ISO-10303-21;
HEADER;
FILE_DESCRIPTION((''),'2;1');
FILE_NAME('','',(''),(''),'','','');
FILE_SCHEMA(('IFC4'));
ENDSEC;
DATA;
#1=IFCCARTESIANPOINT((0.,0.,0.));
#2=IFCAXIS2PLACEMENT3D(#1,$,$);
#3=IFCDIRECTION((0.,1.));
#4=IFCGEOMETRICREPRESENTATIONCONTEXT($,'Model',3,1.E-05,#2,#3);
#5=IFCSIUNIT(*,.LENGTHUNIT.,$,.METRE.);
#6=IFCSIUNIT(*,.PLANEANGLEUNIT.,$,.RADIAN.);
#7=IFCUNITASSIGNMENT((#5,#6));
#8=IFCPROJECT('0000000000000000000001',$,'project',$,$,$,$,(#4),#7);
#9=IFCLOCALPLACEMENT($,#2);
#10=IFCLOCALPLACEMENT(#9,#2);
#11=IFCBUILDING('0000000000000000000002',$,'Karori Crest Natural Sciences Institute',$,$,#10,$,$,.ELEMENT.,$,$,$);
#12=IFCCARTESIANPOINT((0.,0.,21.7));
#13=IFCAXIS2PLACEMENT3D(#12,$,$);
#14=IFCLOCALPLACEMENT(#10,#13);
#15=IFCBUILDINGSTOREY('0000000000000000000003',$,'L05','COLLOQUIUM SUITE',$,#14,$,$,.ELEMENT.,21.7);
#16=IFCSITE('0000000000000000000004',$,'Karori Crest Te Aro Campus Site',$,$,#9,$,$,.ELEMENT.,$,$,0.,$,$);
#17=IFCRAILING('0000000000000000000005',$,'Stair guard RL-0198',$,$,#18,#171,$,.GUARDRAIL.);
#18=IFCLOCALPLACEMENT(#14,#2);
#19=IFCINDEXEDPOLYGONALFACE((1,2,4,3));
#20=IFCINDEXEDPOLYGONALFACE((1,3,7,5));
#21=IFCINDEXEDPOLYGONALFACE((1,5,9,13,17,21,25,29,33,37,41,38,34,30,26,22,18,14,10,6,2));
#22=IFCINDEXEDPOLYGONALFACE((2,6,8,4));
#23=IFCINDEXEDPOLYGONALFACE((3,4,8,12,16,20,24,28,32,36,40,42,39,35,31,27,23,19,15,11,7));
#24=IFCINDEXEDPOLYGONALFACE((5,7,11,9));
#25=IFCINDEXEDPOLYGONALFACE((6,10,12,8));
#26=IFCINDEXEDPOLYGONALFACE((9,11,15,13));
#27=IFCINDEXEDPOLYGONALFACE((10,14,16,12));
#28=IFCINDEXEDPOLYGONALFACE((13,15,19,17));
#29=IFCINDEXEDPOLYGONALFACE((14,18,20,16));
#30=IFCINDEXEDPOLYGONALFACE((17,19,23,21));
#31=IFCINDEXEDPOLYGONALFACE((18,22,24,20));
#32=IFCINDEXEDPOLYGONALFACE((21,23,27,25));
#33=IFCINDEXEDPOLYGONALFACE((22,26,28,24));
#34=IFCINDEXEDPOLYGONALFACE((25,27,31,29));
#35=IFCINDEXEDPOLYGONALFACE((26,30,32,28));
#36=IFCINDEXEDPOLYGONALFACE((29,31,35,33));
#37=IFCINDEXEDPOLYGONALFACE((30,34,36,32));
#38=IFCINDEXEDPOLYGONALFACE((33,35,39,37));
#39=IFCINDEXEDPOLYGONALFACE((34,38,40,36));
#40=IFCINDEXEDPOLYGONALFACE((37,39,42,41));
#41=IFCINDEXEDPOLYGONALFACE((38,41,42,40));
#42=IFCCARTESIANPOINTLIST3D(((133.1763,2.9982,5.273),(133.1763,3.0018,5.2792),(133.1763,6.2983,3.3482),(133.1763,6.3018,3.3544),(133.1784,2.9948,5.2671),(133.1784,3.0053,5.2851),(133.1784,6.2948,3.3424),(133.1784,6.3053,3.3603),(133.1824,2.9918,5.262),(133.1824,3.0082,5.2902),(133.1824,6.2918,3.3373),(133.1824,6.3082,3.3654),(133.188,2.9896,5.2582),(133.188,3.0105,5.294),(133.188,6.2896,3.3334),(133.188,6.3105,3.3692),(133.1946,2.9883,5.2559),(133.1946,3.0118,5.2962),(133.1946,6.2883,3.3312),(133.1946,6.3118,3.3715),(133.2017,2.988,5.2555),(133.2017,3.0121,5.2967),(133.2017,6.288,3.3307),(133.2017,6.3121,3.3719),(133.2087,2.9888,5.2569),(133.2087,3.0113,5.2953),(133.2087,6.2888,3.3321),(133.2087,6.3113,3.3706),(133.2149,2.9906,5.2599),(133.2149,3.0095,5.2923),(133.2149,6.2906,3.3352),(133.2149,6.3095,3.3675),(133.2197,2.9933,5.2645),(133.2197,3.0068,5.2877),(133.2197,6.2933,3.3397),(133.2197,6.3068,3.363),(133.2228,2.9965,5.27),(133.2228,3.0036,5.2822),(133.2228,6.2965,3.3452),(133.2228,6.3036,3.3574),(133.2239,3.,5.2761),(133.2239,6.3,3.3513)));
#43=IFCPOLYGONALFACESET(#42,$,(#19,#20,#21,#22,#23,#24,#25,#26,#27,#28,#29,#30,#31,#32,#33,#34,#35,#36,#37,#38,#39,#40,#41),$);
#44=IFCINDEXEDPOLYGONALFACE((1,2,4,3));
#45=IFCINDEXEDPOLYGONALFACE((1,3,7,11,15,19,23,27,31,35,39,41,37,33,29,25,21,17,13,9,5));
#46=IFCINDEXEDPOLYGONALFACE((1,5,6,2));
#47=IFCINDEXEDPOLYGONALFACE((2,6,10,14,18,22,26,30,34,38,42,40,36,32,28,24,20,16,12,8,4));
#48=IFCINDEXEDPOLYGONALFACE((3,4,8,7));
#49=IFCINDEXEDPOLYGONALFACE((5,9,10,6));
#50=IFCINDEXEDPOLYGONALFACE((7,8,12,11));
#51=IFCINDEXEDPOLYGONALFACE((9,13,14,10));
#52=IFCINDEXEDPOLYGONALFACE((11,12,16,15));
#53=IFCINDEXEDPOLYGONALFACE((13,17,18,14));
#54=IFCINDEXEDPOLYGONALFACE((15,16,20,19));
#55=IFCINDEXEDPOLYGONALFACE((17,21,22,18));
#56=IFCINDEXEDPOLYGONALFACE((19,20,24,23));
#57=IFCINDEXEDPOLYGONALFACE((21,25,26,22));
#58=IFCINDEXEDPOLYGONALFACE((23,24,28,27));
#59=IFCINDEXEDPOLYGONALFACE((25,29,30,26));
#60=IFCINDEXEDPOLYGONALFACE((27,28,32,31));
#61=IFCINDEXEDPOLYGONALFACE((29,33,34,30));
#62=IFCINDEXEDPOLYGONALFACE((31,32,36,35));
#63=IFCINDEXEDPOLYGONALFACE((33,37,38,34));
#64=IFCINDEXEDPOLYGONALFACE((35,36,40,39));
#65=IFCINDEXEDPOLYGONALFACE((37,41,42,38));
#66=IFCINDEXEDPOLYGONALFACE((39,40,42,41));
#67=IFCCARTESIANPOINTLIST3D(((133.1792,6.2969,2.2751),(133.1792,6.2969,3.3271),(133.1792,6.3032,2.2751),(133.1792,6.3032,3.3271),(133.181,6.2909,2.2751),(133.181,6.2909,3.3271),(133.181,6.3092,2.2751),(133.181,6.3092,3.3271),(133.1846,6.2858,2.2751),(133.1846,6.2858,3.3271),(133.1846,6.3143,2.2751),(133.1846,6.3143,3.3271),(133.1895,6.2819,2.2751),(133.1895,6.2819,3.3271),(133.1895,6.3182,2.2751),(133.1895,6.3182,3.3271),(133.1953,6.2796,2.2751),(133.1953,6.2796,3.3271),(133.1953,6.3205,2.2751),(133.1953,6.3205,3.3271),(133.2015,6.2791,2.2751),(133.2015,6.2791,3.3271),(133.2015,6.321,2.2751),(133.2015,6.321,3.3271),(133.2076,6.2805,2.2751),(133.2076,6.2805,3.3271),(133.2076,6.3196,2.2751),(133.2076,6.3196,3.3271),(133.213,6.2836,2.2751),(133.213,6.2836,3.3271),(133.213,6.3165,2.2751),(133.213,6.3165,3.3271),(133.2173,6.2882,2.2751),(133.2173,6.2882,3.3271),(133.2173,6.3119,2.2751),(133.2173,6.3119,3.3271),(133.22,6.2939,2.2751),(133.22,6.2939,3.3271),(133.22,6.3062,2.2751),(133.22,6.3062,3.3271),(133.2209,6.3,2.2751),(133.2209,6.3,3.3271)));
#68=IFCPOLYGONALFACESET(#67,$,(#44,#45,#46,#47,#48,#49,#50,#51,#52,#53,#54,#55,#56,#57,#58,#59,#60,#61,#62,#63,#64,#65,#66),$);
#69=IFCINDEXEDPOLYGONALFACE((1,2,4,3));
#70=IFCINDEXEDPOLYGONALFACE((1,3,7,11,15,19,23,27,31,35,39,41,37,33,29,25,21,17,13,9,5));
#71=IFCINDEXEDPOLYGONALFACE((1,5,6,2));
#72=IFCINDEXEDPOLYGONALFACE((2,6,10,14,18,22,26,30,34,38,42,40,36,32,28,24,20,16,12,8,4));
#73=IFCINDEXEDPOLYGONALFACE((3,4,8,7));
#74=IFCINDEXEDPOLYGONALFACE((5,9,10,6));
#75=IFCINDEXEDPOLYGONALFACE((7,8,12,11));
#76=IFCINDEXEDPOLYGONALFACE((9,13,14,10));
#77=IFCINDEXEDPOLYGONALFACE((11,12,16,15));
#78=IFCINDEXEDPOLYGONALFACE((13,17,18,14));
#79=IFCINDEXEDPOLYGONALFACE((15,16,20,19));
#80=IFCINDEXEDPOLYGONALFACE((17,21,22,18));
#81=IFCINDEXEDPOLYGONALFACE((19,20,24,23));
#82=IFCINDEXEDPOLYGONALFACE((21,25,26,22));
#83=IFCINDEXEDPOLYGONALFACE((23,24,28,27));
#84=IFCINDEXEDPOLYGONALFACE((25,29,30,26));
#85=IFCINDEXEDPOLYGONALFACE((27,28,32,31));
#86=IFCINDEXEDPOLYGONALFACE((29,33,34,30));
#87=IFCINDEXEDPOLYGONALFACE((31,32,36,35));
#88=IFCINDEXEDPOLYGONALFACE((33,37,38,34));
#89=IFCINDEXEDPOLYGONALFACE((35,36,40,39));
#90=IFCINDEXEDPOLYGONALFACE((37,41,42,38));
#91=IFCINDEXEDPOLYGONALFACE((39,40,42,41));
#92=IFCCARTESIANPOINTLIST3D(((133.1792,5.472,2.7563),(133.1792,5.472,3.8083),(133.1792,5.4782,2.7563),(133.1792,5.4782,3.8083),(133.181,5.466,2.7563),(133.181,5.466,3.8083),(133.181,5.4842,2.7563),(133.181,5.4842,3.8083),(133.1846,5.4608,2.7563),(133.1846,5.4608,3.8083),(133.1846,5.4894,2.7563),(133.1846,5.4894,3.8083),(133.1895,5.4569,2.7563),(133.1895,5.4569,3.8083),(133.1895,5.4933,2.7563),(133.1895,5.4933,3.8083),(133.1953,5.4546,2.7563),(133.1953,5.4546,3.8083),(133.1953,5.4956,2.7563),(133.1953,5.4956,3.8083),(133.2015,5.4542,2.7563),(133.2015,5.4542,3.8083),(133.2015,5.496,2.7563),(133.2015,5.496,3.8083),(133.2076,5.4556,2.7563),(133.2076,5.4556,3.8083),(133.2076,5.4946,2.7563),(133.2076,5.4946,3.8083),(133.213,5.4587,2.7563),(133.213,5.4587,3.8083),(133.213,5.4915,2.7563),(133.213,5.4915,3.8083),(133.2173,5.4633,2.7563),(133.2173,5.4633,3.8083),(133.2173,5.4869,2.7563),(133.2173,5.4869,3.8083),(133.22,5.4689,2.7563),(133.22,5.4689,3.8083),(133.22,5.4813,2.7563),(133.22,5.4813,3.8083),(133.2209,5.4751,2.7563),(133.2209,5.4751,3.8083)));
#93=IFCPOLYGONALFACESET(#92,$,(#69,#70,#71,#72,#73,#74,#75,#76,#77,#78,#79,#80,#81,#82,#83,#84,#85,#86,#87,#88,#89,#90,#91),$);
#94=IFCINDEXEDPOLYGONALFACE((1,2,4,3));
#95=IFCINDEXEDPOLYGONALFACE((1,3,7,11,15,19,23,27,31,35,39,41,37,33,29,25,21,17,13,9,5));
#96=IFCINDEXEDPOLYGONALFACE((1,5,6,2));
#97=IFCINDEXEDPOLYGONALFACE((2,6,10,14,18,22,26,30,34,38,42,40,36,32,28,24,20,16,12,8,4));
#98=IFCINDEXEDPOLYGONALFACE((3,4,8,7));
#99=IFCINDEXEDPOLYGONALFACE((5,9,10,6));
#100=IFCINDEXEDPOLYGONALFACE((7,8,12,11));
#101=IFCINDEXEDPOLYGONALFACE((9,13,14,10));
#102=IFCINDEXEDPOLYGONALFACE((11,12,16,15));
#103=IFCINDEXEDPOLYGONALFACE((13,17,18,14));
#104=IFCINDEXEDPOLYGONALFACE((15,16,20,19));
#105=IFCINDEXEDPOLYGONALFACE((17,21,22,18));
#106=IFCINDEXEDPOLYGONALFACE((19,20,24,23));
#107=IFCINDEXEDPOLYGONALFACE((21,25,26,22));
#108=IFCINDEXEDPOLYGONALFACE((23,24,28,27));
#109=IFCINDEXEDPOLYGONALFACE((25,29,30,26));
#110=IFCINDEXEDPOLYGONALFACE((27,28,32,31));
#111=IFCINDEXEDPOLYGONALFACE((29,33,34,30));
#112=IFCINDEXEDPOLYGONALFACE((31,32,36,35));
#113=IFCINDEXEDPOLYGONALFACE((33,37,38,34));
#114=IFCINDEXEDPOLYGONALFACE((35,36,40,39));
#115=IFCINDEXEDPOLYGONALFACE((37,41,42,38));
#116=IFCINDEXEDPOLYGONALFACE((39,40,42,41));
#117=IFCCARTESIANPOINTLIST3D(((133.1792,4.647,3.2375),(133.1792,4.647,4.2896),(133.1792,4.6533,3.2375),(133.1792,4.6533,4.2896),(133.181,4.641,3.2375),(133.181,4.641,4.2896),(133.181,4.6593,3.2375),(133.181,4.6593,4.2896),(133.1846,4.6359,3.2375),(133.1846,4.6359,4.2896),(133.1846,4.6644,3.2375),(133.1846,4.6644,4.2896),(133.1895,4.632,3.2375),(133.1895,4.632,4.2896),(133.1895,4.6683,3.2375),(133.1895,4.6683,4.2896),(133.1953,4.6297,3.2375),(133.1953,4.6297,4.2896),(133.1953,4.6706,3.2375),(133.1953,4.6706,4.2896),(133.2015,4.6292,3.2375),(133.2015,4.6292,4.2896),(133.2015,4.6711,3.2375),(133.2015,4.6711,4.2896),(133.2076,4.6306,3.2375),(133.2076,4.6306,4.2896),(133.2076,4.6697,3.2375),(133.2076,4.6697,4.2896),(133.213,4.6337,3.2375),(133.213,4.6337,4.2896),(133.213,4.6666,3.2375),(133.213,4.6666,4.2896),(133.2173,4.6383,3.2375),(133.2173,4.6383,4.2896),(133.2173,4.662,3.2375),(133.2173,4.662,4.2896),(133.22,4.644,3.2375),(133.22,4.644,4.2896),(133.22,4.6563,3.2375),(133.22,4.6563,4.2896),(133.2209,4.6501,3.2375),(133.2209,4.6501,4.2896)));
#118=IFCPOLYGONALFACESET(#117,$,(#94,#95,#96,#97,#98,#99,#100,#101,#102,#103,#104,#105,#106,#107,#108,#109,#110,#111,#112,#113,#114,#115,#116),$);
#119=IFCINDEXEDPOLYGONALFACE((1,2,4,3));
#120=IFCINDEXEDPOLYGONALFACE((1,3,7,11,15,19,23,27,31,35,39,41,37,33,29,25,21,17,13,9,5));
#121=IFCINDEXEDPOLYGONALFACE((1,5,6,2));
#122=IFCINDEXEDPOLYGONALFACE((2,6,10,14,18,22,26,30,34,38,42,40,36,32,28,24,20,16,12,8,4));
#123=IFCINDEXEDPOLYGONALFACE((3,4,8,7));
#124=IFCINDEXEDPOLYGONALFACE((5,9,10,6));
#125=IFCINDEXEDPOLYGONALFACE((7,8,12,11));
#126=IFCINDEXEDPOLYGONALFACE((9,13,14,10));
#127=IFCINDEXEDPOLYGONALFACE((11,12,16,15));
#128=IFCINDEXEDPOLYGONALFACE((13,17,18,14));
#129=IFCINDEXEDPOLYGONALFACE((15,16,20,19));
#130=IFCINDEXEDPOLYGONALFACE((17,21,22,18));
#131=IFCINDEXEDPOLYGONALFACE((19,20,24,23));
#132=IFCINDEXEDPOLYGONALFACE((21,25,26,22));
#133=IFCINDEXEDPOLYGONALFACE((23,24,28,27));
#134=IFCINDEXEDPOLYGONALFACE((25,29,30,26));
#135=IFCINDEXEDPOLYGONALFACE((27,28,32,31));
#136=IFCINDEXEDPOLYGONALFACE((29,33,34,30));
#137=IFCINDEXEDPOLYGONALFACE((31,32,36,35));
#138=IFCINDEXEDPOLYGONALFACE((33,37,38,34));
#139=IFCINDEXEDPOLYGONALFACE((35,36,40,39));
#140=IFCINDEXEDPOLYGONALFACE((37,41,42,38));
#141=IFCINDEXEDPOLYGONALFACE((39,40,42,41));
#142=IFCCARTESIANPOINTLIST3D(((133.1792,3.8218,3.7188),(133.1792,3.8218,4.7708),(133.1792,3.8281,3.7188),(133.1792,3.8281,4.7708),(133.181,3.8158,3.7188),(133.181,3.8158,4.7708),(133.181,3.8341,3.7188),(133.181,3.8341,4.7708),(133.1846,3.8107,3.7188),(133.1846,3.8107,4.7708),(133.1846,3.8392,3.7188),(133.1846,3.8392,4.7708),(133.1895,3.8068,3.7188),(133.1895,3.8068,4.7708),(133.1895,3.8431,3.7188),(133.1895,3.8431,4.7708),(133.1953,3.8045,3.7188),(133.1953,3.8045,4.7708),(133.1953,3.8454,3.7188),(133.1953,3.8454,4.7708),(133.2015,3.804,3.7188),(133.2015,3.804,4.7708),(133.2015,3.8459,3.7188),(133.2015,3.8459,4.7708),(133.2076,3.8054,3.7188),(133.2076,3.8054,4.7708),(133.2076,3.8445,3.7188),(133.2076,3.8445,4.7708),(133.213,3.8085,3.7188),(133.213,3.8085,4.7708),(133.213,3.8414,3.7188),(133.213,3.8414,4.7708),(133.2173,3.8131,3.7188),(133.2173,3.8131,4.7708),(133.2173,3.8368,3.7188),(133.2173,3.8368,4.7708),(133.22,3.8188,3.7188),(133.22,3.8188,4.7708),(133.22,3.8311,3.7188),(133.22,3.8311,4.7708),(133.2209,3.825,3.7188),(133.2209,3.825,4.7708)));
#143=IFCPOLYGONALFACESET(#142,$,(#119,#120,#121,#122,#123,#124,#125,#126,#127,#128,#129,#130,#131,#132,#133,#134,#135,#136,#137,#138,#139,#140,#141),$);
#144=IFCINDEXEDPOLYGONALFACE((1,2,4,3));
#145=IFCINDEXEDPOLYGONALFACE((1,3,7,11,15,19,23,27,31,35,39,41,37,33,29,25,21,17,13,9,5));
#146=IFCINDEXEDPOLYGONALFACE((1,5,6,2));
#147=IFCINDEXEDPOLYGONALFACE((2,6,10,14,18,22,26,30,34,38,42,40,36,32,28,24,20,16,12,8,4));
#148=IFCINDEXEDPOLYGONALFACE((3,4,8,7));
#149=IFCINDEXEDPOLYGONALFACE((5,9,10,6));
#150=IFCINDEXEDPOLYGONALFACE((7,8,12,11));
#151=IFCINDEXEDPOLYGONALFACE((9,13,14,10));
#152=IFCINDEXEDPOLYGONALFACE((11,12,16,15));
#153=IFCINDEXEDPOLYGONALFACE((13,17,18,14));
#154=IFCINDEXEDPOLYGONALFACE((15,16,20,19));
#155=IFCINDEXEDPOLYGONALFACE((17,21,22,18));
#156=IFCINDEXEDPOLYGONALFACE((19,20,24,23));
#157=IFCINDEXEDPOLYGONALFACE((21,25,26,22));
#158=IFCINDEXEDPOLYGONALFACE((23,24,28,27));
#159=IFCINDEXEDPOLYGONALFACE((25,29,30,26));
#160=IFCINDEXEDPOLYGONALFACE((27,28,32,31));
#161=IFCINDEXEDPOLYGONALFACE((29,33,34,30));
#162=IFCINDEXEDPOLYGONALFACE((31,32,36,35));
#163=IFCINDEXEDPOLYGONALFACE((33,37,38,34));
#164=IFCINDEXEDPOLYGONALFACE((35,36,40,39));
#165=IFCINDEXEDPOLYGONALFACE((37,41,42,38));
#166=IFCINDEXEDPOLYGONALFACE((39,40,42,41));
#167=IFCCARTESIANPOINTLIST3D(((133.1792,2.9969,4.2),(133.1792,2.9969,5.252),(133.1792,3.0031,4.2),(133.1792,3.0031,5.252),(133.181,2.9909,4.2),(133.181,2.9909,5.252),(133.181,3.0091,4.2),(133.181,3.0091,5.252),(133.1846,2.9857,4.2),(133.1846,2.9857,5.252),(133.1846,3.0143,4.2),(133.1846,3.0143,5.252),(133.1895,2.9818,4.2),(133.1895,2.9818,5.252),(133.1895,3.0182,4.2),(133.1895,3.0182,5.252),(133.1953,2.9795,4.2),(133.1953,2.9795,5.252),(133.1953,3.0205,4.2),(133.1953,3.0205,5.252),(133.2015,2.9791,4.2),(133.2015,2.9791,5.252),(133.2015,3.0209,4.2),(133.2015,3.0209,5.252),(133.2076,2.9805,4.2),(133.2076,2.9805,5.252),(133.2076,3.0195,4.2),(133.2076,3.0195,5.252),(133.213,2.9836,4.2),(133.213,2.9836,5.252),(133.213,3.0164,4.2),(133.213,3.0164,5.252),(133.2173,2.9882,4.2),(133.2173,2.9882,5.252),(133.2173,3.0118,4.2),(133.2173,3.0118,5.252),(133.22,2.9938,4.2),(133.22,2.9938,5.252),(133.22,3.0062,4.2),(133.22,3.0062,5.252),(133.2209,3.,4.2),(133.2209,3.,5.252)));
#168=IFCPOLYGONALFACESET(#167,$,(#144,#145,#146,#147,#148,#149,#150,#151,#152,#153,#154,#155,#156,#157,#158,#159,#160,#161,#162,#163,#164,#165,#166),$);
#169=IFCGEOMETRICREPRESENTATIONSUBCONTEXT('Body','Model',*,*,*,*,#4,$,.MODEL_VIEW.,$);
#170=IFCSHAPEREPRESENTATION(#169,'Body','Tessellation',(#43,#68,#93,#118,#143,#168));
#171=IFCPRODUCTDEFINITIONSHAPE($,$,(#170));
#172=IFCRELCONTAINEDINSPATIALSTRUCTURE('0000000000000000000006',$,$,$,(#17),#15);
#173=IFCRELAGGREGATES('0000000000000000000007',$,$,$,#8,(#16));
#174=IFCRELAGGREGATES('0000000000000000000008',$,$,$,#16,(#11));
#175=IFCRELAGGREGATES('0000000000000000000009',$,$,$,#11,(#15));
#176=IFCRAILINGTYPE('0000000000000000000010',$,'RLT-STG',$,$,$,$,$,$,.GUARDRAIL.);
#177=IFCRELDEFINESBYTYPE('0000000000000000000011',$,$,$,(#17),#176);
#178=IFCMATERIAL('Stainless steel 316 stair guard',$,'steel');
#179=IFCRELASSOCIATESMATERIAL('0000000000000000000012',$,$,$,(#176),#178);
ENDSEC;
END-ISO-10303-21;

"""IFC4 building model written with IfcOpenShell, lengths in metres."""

from ifc_helpers import new_model, si_unit, direction, frame, origin, origin_2d, place, context, subcontext, project, spatial, circle, extrude, material, type_object, element, save


model = new_model("IFC4")

# Units and contexts
model_context = context("Model", 3, precision=1e-05, world=origin(), true_north=direction((0.0, 1.0)))
body_context = subcontext(model_context, "Body", "Model", "MODEL_VIEW")
ifc_project = project(units=[si_unit("LENGTHUNIT", "METRE"), si_unit("PLANEANGLEUNIT", "RADIAN")], contexts=[model_context])

# Site, building, storey
site_placement = place(None, origin())
site = spatial("IfcSite", under=ifc_project, at=site_placement, Name="Karori Crest Te Aro Campus Site", CompositionType="ELEMENT", RefElevation=0.0)
building_placement = place(site_placement, origin())
building = spatial("IfcBuilding", under=site, at=building_placement, Name="Karori Crest Natural Sciences Institute", CompositionType="ELEMENT")
storey_placement = place(building_placement, frame((0.0, 0.0, 21.7)))
storey = spatial("IfcBuildingStorey", under=building, at=storey_placement, Name="L05", Description="COLLOQUIUM SUITE", CompositionType="ELEMENT", Elevation=21.7)

# Railing
ifc_material_1 = material(Name="Stainless steel 316 stair guard", Category="steel")
railing_type_1 = type_object("IfcRailingType", Name="RLT-STG", PredefinedType="GUARDRAIL", material=ifc_material_1)
railing_1_placement = place(storey_placement, frame((133.2, 6.3, 2.2751)))
element("IfcRailing", 1, at=railing_1_placement, inside=storey, type_object=railing_type_1, Name="Stair guard RL-0198", PredefinedType="GUARDRAIL", context=body_context, shape_type="SweptSolid", body=[
    extrude(circle(Radius=0.0239, at=origin_2d()), frame((0.0, 0.0, 1.0762), z_axis=(0.0, -0.863804, 0.503827), x_axis=(1.0, 0.0, 0.0)), (0.0, 0.0, 1.0), 3.8203),
    extrude(circle(Radius=0.021, at=origin_2d()), origin(), (0.0, 0.0, 1.0), 1.052),
    extrude(circle(Radius=0.021, at=origin_2d()), frame((0.0, -0.825, 0.4812)), (0.0, 0.0, 1.0), 1.052),
    extrude(circle(Radius=0.021, at=origin_2d()), frame((0.0, -1.6499, 0.9624)), (0.0, 0.0, 1.0), 1.052),
    extrude(circle(Radius=0.021, at=origin_2d()), frame((0.0, -2.4751, 1.4436)), (0.0, 0.0, 1.0), 1.052),
    extrude(circle(Radius=0.021, at=origin_2d()), frame((0.0, -3.3, 1.9248)), (0.0, 0.0, 1.0), 1.052),
])

save(model, "model.ifc")
